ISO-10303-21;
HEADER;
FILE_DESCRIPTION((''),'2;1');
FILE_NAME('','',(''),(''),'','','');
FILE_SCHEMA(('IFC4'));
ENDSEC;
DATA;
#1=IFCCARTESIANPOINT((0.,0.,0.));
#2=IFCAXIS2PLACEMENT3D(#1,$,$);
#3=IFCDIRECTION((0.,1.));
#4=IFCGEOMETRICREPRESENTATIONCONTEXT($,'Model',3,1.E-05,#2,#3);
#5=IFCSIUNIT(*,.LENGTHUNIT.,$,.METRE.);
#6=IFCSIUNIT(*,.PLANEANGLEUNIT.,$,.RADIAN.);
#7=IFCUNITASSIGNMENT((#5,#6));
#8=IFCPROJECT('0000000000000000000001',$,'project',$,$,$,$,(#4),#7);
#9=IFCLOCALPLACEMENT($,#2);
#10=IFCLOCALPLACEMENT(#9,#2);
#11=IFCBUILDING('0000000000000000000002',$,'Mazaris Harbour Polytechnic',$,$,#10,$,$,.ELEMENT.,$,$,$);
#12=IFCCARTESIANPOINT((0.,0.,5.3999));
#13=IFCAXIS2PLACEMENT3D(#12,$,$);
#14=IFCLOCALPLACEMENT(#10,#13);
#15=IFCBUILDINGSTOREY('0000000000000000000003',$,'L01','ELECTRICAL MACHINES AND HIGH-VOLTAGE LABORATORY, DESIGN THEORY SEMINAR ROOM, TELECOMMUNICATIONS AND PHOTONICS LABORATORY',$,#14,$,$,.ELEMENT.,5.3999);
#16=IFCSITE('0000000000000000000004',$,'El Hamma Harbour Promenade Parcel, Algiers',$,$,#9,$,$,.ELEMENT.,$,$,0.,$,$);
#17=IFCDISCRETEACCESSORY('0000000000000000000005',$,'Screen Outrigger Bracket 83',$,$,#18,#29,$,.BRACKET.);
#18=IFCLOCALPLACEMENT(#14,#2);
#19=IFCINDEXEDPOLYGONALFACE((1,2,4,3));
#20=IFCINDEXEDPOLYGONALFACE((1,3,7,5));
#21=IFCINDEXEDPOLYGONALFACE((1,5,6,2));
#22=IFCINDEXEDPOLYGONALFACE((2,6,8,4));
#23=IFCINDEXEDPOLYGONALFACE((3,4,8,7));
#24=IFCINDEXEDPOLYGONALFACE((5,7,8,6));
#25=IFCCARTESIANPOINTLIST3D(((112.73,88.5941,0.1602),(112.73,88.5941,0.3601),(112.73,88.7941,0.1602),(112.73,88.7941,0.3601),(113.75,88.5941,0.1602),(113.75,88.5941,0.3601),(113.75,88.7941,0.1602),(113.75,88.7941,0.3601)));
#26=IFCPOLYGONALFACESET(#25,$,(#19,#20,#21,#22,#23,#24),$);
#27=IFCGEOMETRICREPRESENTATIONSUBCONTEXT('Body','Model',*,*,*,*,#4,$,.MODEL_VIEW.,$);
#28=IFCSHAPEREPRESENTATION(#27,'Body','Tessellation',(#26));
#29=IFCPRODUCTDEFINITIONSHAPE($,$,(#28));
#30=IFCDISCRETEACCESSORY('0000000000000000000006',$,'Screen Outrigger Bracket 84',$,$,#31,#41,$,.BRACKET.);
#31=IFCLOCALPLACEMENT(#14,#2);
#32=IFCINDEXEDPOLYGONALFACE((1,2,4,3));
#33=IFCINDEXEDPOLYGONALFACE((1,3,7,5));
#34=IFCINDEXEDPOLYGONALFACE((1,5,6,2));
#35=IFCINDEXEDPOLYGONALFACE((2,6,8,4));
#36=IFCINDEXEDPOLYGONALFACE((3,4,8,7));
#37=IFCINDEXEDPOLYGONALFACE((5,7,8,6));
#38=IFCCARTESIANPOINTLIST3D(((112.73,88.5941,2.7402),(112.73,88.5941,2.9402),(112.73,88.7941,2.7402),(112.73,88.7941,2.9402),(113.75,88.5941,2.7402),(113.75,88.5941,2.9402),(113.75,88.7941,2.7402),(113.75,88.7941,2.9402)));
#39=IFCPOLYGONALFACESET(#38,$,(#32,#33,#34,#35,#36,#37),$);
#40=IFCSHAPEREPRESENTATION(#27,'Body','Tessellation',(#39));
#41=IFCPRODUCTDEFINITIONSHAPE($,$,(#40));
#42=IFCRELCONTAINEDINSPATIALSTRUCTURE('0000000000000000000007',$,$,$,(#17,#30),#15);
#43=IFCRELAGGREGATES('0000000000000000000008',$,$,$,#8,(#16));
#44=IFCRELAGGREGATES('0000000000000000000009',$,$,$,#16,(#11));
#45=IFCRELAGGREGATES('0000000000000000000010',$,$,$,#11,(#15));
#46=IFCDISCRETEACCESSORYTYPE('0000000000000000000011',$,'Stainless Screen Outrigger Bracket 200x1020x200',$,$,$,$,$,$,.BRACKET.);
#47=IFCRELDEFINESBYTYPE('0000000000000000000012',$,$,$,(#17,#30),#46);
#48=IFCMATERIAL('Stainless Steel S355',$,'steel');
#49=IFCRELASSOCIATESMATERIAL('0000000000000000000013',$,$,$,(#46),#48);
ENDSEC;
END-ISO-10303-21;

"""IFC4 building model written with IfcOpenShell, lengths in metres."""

from ifc_helpers import new_model, si_unit, direction, frame, origin, origin_2d, place, context, subcontext, project, spatial, rectangle, extrude, material, type_object, element, save


model = new_model("IFC4")

# Units and contexts
model_context = context("Model", 3, precision=1e-05, world=origin(), true_north=direction((0.0, 1.0)))
body_context = subcontext(model_context, "Body", "Model", "MODEL_VIEW")
ifc_project = project(units=[si_unit("LENGTHUNIT", "METRE"), si_unit("PLANEANGLEUNIT", "RADIAN")], contexts=[model_context])

# Site, building, storey
site_placement = place(None, origin())
site = spatial("IfcSite", under=ifc_project, at=site_placement, Name="El Hamma Harbour Promenade Parcel, Algiers", CompositionType="ELEMENT", RefElevation=0.0)
building_placement = place(site_placement, origin())
building = spatial("IfcBuilding", under=site, at=building_placement, Name="Mazaris Harbour Polytechnic", CompositionType="ELEMENT")
storey_placement = place(building_placement, frame((0.0, 0.0, 5.3999)))
storey = spatial("IfcBuildingStorey", under=building, at=storey_placement, Name="L01", Description="ELECTRICAL MACHINES AND HIGH-VOLTAGE LABORATORY, DESIGN THEORY SEMINAR ROOM, TELECOMMUNICATIONS AND PHOTONICS LABORATORY", CompositionType="ELEMENT", Elevation=5.3999)

# Discrete accessories
ifc_material_1 = material(Name="Stainless Steel S355", Category="steel")
discrete_accessory_type_1 = type_object("IfcDiscreteAccessoryType", Name="Stainless Screen Outrigger Bracket 200x1020x200", PredefinedType="BRACKET", material=ifc_material_1)
for number, where, z_axis, x_axis, name in (
    (1, (113.24, 88.6941, 0.1602), (0.0, 0.0, 1.0), (0.0, -1.0, 0.0), "Screen Outrigger Bracket 83"),
    (2, (113.24, 88.6941, 2.7402), (0.0, 0.0, 1.0), (0.0, -1.0, 0.0), "Screen Outrigger Bracket 84"),
):
    element("IfcDiscreteAccessory", number, at=place(storey_placement, frame(where, z_axis=z_axis, x_axis=x_axis)), inside=storey, type_object=discrete_accessory_type_1, Name=name, PredefinedType="BRACKET", context=body_context, shape_type="SweptSolid", body=[
        extrude(rectangle(XDim=0.2, YDim=1.02, at=origin_2d()), origin(), (0.0, 0.0, 1.0), 0.2),
    ])

save(model, "model.ifc")
